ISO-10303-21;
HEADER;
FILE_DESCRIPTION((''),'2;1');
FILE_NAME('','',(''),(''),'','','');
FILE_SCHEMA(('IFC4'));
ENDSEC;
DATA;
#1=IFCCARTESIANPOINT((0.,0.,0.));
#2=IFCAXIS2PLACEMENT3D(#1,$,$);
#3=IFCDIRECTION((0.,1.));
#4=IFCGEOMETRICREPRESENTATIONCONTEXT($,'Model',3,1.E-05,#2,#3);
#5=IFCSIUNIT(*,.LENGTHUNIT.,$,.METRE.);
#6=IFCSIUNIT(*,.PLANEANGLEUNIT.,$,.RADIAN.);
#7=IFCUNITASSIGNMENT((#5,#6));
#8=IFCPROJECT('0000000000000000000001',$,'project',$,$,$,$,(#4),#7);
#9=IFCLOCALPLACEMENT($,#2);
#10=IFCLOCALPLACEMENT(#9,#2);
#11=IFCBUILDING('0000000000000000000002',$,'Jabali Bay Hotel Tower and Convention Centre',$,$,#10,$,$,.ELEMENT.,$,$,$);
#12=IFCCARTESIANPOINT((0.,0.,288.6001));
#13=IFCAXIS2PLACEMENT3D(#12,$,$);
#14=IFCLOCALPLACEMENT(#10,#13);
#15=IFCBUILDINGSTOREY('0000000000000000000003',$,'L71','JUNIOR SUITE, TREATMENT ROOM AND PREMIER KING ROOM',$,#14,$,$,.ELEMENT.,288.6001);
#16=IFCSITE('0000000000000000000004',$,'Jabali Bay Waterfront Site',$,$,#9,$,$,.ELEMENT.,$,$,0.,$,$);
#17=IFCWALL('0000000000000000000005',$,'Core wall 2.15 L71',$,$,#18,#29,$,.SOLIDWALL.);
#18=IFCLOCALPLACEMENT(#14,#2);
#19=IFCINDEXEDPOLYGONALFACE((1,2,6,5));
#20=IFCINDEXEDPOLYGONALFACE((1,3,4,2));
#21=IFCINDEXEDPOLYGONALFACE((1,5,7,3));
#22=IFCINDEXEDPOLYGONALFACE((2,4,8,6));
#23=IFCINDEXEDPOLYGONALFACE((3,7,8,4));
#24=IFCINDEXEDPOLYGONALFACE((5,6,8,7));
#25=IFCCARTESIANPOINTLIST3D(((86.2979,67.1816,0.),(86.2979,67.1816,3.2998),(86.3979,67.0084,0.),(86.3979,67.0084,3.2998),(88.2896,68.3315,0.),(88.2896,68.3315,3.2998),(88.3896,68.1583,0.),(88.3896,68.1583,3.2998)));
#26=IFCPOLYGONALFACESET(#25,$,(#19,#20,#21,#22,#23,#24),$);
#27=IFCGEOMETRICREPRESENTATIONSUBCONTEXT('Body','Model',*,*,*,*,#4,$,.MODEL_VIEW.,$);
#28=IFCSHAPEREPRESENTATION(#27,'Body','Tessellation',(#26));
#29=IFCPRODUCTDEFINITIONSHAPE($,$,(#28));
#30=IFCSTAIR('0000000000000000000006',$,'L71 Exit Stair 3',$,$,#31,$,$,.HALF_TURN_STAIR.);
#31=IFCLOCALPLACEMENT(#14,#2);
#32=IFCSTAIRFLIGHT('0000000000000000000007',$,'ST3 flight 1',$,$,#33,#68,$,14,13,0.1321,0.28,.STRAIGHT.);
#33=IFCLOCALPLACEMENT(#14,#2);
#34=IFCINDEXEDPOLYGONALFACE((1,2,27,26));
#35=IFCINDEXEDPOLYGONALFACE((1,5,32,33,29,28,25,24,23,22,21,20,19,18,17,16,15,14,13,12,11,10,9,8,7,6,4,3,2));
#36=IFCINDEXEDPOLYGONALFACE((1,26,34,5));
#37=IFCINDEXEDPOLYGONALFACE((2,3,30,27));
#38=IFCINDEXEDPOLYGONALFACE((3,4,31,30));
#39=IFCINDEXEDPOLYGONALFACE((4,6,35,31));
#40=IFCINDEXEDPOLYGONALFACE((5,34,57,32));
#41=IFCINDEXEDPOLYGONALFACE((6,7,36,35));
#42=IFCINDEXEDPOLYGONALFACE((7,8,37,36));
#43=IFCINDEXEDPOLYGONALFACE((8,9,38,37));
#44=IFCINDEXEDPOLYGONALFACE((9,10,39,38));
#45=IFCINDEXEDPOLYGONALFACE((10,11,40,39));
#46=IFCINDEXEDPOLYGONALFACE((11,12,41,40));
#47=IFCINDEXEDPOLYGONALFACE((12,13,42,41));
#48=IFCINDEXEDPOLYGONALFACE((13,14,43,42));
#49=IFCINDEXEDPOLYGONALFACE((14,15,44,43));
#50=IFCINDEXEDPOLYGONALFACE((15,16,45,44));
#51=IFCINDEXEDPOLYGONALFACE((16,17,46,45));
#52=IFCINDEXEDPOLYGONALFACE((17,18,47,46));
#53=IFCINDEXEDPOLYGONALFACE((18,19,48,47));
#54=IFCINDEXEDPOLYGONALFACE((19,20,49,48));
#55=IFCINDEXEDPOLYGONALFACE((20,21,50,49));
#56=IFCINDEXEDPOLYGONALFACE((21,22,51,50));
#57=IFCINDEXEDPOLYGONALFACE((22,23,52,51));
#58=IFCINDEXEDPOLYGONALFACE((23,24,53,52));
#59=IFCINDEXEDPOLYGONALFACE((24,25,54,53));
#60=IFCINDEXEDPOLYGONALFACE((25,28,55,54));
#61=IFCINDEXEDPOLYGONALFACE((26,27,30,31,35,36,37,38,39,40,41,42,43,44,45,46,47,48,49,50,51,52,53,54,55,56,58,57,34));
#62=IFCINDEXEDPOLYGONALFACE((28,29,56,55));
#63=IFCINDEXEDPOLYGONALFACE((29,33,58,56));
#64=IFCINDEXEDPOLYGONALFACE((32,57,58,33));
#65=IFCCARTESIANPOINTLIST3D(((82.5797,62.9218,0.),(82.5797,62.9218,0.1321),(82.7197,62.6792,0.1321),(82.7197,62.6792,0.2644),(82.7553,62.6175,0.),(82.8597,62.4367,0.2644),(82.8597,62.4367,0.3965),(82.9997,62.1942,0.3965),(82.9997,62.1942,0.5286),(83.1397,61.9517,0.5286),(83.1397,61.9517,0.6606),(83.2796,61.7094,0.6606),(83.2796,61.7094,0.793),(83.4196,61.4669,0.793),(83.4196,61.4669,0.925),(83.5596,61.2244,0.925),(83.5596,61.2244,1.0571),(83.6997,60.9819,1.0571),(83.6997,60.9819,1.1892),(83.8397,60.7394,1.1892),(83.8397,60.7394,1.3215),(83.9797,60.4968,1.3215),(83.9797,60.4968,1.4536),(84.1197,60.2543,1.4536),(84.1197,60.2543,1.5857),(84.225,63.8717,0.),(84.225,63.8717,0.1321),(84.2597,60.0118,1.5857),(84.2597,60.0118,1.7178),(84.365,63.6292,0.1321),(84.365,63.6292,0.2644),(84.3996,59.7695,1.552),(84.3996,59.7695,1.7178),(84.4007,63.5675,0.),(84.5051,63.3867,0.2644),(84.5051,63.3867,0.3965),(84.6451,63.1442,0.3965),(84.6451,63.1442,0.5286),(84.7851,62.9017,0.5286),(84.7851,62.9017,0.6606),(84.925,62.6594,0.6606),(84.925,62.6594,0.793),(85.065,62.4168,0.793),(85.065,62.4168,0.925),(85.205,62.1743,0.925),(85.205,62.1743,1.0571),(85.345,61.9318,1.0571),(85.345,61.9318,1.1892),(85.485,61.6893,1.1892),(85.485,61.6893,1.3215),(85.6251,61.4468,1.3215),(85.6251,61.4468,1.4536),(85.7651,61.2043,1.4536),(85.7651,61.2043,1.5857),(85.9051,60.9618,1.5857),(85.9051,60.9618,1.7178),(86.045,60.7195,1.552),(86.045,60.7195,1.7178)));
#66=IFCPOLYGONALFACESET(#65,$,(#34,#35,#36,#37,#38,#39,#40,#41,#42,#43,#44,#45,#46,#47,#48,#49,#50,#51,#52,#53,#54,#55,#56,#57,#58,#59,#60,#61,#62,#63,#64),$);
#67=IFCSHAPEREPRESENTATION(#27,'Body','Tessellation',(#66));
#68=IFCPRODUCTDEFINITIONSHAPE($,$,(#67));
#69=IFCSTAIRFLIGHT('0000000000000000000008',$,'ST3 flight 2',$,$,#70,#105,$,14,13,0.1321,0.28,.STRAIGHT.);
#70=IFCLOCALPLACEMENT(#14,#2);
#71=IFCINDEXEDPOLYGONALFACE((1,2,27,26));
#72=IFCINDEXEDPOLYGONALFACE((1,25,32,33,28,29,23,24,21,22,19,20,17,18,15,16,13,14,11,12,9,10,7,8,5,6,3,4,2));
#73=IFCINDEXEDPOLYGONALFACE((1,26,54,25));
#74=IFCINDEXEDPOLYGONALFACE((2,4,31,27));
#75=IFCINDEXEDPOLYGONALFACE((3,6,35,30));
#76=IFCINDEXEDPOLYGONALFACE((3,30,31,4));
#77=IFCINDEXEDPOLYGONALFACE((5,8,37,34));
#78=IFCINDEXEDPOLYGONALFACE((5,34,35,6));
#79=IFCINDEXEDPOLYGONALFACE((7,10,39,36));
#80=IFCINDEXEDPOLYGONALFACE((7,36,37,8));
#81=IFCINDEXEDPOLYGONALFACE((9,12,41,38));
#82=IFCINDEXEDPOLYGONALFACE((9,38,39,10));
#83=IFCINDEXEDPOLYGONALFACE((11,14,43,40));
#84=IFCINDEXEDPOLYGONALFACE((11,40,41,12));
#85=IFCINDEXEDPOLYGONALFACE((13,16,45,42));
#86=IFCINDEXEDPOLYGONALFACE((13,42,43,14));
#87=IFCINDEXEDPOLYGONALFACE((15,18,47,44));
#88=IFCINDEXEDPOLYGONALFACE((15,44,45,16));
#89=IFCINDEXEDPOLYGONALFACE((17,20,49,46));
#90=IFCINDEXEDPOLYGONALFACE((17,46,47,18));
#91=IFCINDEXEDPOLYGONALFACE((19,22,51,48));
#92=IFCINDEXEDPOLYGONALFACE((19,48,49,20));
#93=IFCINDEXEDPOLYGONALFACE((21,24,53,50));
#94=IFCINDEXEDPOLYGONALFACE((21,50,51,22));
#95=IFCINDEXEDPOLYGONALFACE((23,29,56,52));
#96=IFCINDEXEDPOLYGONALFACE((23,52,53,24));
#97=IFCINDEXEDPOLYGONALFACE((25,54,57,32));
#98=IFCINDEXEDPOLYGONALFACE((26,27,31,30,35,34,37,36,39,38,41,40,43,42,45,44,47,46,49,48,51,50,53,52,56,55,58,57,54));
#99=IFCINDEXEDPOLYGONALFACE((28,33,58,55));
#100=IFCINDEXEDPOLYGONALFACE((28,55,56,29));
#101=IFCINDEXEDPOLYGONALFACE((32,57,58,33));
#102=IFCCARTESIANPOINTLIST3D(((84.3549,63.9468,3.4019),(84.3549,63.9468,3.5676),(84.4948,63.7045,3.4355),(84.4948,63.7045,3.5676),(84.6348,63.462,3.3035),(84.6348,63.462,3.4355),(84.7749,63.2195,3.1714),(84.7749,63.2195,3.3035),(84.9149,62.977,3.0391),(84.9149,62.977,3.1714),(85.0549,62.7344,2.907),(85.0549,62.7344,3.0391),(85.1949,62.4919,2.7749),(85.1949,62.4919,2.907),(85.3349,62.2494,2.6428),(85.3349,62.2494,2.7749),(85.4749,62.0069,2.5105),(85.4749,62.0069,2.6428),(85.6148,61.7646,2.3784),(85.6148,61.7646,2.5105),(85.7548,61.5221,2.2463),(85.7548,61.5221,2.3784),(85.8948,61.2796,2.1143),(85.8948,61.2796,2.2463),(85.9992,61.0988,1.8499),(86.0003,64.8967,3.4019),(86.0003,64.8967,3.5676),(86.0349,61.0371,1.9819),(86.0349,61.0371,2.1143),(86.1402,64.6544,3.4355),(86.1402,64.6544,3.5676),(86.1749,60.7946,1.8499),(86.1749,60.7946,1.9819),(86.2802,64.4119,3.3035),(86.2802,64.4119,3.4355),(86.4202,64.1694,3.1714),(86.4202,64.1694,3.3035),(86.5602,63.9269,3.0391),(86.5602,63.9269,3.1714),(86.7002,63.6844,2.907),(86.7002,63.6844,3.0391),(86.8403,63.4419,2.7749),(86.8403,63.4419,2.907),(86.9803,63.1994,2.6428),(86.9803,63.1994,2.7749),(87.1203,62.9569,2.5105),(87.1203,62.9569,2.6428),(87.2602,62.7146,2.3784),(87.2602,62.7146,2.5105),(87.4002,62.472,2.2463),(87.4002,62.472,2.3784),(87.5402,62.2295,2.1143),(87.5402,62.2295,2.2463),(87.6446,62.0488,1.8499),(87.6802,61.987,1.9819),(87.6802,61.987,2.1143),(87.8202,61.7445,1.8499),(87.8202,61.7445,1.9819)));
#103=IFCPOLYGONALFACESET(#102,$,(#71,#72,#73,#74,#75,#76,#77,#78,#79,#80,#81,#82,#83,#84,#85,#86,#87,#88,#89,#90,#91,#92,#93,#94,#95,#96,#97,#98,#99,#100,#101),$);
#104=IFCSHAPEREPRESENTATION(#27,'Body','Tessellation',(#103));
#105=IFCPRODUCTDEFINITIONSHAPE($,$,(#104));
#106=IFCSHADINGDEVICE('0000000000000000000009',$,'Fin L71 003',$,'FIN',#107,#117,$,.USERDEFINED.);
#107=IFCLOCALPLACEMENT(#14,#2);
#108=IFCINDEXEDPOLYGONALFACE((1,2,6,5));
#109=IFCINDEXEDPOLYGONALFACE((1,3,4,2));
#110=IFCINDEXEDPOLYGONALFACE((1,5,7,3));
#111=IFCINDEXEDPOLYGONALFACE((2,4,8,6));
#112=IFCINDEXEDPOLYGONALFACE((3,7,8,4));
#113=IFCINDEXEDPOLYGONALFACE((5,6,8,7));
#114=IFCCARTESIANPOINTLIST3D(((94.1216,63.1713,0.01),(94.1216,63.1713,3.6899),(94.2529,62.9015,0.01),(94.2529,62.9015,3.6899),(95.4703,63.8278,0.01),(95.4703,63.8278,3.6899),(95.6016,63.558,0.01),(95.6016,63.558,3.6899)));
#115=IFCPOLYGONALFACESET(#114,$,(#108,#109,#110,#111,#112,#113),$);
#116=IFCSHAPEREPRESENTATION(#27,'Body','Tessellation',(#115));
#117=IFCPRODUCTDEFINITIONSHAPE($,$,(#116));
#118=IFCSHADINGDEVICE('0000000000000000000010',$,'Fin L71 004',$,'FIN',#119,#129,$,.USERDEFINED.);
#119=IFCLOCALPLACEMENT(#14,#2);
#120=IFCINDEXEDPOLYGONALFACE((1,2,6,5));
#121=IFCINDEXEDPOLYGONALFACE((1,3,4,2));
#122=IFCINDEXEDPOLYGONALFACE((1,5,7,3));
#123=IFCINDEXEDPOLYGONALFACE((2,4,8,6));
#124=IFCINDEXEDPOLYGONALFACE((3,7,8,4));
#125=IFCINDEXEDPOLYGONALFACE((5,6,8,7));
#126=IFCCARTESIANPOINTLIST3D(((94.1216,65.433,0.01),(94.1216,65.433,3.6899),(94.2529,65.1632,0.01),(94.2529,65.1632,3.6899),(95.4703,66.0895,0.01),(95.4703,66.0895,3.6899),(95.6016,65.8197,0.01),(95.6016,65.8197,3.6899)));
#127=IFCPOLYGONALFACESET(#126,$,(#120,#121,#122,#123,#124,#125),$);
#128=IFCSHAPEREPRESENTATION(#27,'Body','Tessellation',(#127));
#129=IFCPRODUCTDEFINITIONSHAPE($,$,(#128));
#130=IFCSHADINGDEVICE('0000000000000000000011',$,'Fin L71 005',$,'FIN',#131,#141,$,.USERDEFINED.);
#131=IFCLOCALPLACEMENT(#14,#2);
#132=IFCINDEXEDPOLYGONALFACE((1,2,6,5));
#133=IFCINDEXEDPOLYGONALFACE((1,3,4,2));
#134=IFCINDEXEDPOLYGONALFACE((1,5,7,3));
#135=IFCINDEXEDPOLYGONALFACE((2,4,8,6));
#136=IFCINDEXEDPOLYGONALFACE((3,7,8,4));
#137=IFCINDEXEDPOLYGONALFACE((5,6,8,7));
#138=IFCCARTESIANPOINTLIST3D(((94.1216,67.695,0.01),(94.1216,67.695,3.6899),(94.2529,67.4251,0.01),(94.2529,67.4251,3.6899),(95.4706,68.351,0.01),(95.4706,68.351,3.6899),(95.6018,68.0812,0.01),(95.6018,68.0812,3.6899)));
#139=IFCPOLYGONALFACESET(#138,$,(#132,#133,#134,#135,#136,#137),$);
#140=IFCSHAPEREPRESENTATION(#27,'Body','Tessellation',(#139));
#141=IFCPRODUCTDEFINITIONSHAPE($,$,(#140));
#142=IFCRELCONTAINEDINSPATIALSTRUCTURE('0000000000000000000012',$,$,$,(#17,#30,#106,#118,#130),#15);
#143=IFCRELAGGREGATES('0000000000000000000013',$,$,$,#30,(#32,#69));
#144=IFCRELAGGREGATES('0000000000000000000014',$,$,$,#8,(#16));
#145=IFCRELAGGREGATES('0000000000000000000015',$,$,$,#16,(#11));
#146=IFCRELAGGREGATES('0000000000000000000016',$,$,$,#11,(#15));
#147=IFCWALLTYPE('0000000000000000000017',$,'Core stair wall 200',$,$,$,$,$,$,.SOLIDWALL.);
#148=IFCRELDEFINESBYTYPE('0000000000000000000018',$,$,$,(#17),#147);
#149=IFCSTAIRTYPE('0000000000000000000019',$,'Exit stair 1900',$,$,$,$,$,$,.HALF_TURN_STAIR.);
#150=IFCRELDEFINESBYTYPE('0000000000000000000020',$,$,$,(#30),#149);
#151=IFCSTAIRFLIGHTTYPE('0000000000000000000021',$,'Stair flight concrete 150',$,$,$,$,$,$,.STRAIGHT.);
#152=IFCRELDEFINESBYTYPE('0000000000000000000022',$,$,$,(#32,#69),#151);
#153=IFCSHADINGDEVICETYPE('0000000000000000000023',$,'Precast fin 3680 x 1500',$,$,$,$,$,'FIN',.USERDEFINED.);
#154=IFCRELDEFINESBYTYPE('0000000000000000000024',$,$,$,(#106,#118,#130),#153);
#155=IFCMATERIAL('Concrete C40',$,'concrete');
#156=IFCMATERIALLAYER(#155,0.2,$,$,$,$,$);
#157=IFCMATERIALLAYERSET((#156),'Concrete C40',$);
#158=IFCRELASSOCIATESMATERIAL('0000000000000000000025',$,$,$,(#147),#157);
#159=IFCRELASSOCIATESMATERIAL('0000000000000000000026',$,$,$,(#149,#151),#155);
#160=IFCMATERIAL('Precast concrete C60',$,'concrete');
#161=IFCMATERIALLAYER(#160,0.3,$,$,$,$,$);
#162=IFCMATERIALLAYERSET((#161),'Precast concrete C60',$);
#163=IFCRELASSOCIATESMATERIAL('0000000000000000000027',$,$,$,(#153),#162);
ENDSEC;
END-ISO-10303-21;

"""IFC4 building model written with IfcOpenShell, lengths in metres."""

from ifc_helpers import new_model, si_unit, direction, frame, frame_2d, origin, place, context, subcontext, project, spatial, polyline, rectangle, outline, extrude, material, layer, layer_set, type_object, element, aggregate, save


model = new_model("IFC4")

# Units and contexts
model_context = context("Model", 3, precision=1e-05, world=origin(), true_north=direction((0.0, 1.0)))
body_context = subcontext(model_context, "Body", "Model", "MODEL_VIEW")
ifc_project = project(units=[si_unit("LENGTHUNIT", "METRE"), si_unit("PLANEANGLEUNIT", "RADIAN")], contexts=[model_context])

# Site, building, storey
site_placement = place(None, origin())
site = spatial("IfcSite", under=ifc_project, at=site_placement, Name="Jabali Bay Waterfront Site", CompositionType="ELEMENT", RefElevation=0.0)
building_placement = place(site_placement, origin())
building = spatial("IfcBuilding", under=site, at=building_placement, Name="Jabali Bay Hotel Tower and Convention Centre", CompositionType="ELEMENT")
storey_placement = place(building_placement, frame((0.0, 0.0, 288.6001)))
storey = spatial("IfcBuildingStorey", under=building, at=storey_placement, Name="L71", Description="JUNIOR SUITE, TREATMENT ROOM AND PREMIER KING ROOM", CompositionType="ELEMENT", Elevation=288.6001)

# Shared definitions
ifc_material_1 = material(Name="Concrete C40", Category="concrete")

# Shared definitions
ifc_layer_1 = layer(ifc_material_1, 0.2)
ifc_layer_set_1 = layer_set([ifc_layer_1], Name="Concrete C40")
wall_type_1 = type_object("IfcWallType", Name="Core stair wall 200", PredefinedType="SOLIDWALL", material=ifc_layer_set_1)

# Wall
wall_1_placement = place(storey_placement, frame((86.3479, 67.095, 0.0), z_axis=(0.0, 0.0, 1.0), x_axis=(0.866026, 0.499998, 0.0)))
element("IfcWall", 1, at=wall_1_placement, inside=storey, type_object=wall_type_1, Name="Core wall 2.15 L71", PredefinedType="SOLIDWALL", context=body_context, shape_type="SweptSolid", body=[
    extrude(rectangle(XDim=2.2998, YDim=0.2, at=frame_2d((1.1499, 0.0))), origin(), (0.0, 0.0, 1.0), 3.2998),
])

# Stair, stair flights
stair_type = type_object("IfcStairType", Name="Exit stair 1900", PredefinedType="HALF_TURN_STAIR", material=ifc_material_1)
stair_placement = place(storey_placement, origin())
stair = element("IfcStair", 2, at=stair_placement, inside=storey, type_object=stair_type, Name="L71 Exit Stair 3", PredefinedType="HALF_TURN_STAIR")
stair_flight_type = type_object("IfcStairFlightType", Name="Stair flight concrete 150", PredefinedType="STRAIGHT", material=ifc_material_1)
stair_flight_1_placement = place(storey_placement, frame((83.4023, 63.3967, 0.0), z_axis=(0.0, 0.0, 1.0), x_axis=(0.5, -0.866025, 0.0)))
stair_flight_1 = element("IfcStairFlight", 3, at=stair_flight_1_placement, type_object=stair_flight_type, Name="ST3 flight 1", NumberOfRisers=14, NumberOfTreads=13, PredefinedType="STRAIGHT", RiserHeight=0.1321, TreadLength=0.28, context=body_context, shape_type="SweptSolid", body=[
    extrude(outline(polyline([(0.0, 0.0), (0.0, 0.1321), (0.28, 0.1321), (0.28, 0.2644), (0.5601, 0.2644), (0.5601, 0.3965), (0.8401, 0.3965), (0.8401, 0.5286), (1.1201, 0.5286), (1.1201, 0.6606), (1.3999, 0.6606), (1.3999, 0.793), (1.6799, 0.793), (1.6799, 0.925), (1.96, 0.925), (1.96, 1.0571), (2.24, 1.0571), (2.24, 1.1892), (2.52, 1.1892), (2.52, 1.3215), (2.8, 1.3215), (2.8, 1.4536), (3.0801, 1.4536), (3.0801, 1.5857), (3.3601, 1.5857), (3.3601, 1.7178), (3.6399, 1.7178), (3.6399, 1.8501), (3.6399, 1.552), (0.3513, 0.0), (0.0, 0.0)])), frame((0.0, 0.95, 0.0), z_axis=(0.0, -1.0, 0.0), x_axis=(1.0, 0.0, 0.0)), (0.0, 0.0, 1.0), 1.8999),
])
stair_flight_2_placement = place(storey_placement, frame((86.9976, 61.2695, 1.8499), z_axis=(0.0, 0.0, 1.0), x_axis=(-0.5, 0.866025, 0.0)))
stair_flight_2 = element("IfcStairFlight", 4, at=stair_flight_2_placement, type_object=stair_flight_type, Name="ST3 flight 2", NumberOfRisers=14, NumberOfTreads=13, PredefinedType="STRAIGHT", RiserHeight=0.1321, TreadLength=0.28, context=body_context, shape_type="SweptSolid", body=[
    extrude(outline(polyline([(0.0, 0.0), (0.0, 0.1321), (0.28, 0.1321), (0.28, 0.2644), (0.5601, 0.2644), (0.5601, 0.3965), (0.8401, 0.3965), (0.8401, 0.5286), (1.1201, 0.5286), (1.1201, 0.6606), (1.3999, 0.6606), (1.3999, 0.793), (1.6799, 0.793), (1.6799, 0.925), (1.96, 0.925), (1.96, 1.0571), (2.24, 1.0571), (2.24, 1.1892), (2.52, 1.1892), (2.52, 1.3215), (2.8, 1.3215), (2.8, 1.4536), (3.0801, 1.4536), (3.0801, 1.5857), (3.3601, 1.5857), (3.3601, 1.7178), (3.6399, 1.7178), (3.6399, 1.8501), (3.6399, 1.552), (0.3513, 0.0), (0.0, 0.0)])), frame((0.0, 0.95, 0.0), z_axis=(0.0, -1.0, 0.0), x_axis=(1.0, 0.0, 0.0)), (0.0, 0.0, 1.0), 1.8999),
])
aggregate(stair, [stair_flight_1, stair_flight_2])

# Shading devices
ifc_material_2 = material(Name="Precast concrete C60", Category="concrete")
ifc_layer_2 = layer(ifc_material_2, 0.3)
ifc_layer_set_2 = layer_set([ifc_layer_2], Name="Precast concrete C60")
shading_device_type = type_object("IfcShadingDeviceType", Name="Precast fin 3680 x 1500", ElementType="FIN", PredefinedType="USERDEFINED", material=ifc_layer_set_2)
for number, where, z_axis, x_axis, name in (
    (5, (94.1873, 63.0364, 0.01), (0.0, 0.0, 1.0), (0.899129, 0.437683, 0.0), "Fin L71 003"),
    (6, (94.1873, 65.2981, 0.01), (0.0, 0.0, 1.0), (0.899129, 0.437683, 0.0), "Fin L71 004"),
    (7, (94.1873, 67.5601, 0.01), (0.0, 0.0, 1.0), (0.899289, 0.437355, 0.0), "Fin L71 005"),
):
    element("IfcShadingDevice", number, at=place(storey_placement, frame(where, z_axis=z_axis, x_axis=x_axis)), inside=storey, type_object=shading_device_type, Name=name, ObjectType="FIN", PredefinedType="USERDEFINED", context=body_context, shape_type="SweptSolid", body=[
        extrude(rectangle(XDim=1.5, YDim=0.3, at=frame_2d((0.75, 0.0))), origin(), (0.0, 0.0, 1.0), 3.6799),
    ])

save(model, "model.ifc")
